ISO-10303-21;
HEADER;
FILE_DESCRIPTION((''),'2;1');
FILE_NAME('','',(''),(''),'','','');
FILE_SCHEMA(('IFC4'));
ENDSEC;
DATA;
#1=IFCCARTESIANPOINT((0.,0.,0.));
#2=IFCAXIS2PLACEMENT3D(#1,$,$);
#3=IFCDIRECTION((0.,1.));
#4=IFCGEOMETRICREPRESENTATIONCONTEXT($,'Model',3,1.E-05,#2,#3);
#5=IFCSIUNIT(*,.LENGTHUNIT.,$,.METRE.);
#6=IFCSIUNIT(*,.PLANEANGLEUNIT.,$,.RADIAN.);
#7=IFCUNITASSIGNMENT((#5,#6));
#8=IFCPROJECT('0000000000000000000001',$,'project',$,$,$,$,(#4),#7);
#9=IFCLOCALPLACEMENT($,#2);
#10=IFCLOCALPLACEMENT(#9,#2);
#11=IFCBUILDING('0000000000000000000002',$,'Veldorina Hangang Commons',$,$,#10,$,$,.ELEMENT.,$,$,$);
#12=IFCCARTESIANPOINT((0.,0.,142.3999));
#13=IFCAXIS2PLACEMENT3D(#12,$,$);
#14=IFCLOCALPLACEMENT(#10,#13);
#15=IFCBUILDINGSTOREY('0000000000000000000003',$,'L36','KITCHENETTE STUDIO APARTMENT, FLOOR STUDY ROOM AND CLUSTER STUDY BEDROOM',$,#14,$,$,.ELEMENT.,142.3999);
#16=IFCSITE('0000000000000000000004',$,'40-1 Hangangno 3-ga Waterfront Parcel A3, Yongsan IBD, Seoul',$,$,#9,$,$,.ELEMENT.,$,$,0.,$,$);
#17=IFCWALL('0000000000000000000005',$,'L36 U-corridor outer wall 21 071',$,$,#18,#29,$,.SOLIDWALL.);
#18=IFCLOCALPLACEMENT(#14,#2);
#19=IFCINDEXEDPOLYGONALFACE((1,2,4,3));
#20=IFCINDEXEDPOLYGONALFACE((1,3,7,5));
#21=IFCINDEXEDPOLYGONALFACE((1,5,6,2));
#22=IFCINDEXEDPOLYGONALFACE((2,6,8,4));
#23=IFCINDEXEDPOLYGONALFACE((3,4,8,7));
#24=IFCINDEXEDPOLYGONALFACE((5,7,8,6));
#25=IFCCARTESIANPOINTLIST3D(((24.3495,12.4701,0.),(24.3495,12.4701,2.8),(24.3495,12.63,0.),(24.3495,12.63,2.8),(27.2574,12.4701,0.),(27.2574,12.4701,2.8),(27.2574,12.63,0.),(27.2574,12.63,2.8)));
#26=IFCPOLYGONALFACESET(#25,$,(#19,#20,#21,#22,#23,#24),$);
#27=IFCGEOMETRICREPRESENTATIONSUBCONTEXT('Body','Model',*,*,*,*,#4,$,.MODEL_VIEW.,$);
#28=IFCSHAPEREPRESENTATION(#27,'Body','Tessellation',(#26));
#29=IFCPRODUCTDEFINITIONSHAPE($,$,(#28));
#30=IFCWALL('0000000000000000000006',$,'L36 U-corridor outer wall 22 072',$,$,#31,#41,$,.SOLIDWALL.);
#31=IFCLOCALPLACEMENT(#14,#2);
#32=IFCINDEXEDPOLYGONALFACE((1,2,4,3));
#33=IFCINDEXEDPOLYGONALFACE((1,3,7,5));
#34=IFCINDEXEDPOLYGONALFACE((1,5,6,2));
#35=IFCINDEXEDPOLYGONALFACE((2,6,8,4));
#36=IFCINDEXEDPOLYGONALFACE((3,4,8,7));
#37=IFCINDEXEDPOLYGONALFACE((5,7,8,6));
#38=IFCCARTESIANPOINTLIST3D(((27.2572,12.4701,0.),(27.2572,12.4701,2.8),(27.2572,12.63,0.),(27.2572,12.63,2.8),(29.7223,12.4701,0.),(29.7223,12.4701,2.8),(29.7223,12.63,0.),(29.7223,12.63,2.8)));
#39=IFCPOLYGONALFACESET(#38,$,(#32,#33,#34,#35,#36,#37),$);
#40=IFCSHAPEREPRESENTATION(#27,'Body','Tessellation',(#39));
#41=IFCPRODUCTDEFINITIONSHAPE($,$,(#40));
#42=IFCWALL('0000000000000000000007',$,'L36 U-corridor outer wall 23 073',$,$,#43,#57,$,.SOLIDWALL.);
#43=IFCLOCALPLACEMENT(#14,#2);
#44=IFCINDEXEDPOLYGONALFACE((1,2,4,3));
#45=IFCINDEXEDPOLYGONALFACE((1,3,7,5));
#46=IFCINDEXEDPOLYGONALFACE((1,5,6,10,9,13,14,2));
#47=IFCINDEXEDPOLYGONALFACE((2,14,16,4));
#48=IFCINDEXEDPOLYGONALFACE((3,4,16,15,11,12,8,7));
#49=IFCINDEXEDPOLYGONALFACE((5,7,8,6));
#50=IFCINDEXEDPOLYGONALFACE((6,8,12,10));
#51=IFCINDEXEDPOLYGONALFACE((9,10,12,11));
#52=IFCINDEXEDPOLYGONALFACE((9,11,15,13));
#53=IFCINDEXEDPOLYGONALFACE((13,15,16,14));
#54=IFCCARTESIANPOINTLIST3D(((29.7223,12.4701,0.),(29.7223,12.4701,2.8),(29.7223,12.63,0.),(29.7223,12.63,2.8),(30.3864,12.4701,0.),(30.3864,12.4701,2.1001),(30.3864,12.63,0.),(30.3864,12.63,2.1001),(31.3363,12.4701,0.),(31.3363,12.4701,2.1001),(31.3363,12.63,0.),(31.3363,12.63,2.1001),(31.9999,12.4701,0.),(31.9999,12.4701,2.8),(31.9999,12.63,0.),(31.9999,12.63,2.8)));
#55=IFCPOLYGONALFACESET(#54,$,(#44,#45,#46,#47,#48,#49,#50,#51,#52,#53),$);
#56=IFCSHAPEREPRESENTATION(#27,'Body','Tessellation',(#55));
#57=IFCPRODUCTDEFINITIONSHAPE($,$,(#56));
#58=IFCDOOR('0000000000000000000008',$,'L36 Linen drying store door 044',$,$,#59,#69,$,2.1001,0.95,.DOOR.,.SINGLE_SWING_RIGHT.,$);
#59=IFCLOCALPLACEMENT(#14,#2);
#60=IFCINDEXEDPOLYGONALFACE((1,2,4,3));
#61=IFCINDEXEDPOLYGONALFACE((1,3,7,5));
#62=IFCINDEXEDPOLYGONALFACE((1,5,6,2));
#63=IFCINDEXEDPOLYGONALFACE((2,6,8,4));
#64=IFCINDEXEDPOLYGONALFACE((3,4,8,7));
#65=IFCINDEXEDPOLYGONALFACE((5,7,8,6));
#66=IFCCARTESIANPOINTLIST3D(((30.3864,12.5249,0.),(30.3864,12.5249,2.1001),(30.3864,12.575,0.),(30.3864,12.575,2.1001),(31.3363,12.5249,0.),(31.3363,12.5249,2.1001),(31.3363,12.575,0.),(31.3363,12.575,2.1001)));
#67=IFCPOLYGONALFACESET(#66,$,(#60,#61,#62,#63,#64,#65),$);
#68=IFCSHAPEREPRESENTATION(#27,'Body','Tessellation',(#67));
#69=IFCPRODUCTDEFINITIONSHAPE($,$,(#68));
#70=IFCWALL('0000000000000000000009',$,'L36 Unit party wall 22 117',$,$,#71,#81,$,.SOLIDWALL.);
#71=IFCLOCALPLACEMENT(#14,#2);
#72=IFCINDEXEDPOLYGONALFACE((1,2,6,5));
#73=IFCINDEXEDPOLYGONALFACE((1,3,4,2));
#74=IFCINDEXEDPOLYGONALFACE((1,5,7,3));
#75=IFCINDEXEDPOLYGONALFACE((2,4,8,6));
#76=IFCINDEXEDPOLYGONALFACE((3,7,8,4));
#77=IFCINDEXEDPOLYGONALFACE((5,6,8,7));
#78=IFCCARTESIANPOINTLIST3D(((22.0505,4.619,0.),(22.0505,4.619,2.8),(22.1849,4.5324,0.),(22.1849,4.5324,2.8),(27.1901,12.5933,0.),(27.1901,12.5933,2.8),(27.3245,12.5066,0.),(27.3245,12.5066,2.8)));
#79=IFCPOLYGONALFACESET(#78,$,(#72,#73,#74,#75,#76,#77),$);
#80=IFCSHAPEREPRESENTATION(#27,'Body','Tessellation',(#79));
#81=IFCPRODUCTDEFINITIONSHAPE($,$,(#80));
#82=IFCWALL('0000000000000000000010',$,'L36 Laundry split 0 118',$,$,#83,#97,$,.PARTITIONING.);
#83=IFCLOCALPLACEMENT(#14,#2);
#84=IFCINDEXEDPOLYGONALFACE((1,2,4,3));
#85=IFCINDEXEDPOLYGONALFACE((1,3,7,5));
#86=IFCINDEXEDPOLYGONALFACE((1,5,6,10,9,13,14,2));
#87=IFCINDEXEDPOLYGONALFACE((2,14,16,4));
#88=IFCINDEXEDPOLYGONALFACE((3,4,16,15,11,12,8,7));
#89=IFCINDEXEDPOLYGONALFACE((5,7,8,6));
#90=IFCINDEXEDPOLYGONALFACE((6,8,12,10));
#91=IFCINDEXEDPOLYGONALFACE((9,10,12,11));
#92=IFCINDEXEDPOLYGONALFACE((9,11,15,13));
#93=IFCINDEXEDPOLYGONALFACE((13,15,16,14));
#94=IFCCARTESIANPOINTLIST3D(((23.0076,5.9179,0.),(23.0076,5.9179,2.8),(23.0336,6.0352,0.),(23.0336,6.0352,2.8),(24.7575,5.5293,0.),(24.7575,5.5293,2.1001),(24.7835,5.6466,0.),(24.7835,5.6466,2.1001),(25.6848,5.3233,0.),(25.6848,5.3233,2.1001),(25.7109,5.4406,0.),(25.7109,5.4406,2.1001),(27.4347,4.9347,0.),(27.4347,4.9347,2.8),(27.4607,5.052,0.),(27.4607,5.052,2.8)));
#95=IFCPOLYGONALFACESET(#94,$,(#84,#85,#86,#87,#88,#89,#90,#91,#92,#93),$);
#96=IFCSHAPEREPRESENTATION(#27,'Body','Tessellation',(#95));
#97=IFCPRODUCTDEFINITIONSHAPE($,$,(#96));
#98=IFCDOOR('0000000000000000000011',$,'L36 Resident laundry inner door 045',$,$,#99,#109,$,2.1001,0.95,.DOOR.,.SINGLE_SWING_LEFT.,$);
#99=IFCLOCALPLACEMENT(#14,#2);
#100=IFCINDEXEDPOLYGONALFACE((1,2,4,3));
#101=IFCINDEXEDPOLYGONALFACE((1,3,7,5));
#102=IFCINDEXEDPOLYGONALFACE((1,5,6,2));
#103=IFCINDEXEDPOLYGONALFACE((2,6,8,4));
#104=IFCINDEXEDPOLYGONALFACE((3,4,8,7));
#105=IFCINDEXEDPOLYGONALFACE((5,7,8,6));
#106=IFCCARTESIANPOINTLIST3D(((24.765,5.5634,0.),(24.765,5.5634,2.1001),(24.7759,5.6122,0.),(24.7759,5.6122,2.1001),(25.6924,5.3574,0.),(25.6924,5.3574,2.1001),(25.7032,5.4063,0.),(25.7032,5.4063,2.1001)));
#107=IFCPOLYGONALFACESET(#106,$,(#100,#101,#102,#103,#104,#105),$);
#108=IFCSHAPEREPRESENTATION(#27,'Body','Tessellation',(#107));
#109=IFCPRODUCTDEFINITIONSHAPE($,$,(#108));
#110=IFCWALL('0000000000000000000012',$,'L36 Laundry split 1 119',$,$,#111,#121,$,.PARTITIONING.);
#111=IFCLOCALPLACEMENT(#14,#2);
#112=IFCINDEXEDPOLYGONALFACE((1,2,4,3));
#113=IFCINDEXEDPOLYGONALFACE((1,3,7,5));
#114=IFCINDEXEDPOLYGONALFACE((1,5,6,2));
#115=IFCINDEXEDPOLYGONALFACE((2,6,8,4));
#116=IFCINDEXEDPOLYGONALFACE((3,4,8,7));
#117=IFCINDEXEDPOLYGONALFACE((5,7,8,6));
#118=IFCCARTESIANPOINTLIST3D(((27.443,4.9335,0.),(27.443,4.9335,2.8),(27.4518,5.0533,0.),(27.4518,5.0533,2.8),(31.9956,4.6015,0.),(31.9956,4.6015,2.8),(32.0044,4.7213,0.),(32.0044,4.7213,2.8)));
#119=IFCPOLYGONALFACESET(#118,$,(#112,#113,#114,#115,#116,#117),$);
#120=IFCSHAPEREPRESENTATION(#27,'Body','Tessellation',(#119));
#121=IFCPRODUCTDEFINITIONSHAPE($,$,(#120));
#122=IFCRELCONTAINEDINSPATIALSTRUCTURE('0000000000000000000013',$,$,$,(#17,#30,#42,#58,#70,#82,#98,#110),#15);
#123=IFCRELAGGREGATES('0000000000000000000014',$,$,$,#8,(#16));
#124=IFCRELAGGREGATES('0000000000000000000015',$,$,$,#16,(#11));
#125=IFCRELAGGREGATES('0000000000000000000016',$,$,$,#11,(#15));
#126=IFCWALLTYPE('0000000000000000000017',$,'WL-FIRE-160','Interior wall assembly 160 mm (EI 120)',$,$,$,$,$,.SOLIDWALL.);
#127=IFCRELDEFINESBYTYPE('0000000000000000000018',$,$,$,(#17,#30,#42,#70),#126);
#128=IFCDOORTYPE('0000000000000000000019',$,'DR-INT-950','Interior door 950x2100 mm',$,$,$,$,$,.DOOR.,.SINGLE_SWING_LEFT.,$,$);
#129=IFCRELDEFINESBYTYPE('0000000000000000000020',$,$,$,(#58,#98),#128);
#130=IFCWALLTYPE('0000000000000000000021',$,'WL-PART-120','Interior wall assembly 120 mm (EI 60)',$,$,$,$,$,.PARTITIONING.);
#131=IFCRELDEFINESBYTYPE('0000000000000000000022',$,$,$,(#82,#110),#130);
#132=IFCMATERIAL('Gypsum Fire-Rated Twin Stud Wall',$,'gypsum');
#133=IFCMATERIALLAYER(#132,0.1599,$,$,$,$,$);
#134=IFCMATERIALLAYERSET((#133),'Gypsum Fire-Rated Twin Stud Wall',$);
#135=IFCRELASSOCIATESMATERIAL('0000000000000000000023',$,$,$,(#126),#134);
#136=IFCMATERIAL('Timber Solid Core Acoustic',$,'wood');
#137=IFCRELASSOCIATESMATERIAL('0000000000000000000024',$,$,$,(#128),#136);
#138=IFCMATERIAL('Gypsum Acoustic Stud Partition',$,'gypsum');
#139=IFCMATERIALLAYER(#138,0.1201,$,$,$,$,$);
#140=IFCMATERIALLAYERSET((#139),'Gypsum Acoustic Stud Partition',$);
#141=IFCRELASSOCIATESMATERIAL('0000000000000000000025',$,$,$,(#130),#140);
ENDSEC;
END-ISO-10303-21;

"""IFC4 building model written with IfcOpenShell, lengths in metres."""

from ifc_helpers import new_model, si_unit, direction, frame, frame_2d, origin, place, context, subcontext, project, spatial, rectangle, extrude, material, layer, layer_set, type_object, element, fill, save


model = new_model("IFC4")

# Units and contexts
model_context = context("Model", 3, precision=1e-05, world=origin(), true_north=direction((0.0, 1.0)))
body_context = subcontext(model_context, "Body", "Model", "MODEL_VIEW")
ifc_project = project(units=[si_unit("LENGTHUNIT", "METRE"), si_unit("PLANEANGLEUNIT", "RADIAN")], contexts=[model_context])

# Site, building, storey
site_placement = place(None, origin())
site = spatial("IfcSite", under=ifc_project, at=site_placement, Name="40-1 Hangangno 3-ga Waterfront Parcel A3, Yongsan IBD, Seoul", CompositionType="ELEMENT", RefElevation=0.0)
building_placement = place(site_placement, origin())
building = spatial("IfcBuilding", under=site, at=building_placement, Name="Veldorina Hangang Commons", CompositionType="ELEMENT")
storey_placement = place(building_placement, frame((0.0, 0.0, 142.3999)))
storey = spatial("IfcBuildingStorey", under=building, at=storey_placement, Name="L36", Description="KITCHENETTE STUDIO APARTMENT, FLOOR STUDY ROOM AND CLUSTER STUDY BEDROOM", CompositionType="ELEMENT", Elevation=142.3999)

# Walls
ifc_material_1 = material(Name="Gypsum Fire-Rated Twin Stud Wall", Category="gypsum")
ifc_layer_1 = layer(ifc_material_1, 0.1599)
ifc_layer_set_1 = layer_set([ifc_layer_1], Name="Gypsum Fire-Rated Twin Stud Wall")
wall_type_1 = type_object("IfcWallType", Name="WL-FIRE-160", Description="Interior wall assembly 160 mm (EI 120)", PredefinedType="SOLIDWALL", material=ifc_layer_set_1)
wall_1_placement = place(storey_placement, frame((24.3494, 12.55, 0.0), z_axis=(0.0, 0.0, 1.0), x_axis=(1.0, 0.0, 0.0)))
element("IfcWall", 1, at=wall_1_placement, inside=storey, type_object=wall_type_1, Name="L36 U-corridor outer wall 21 071", PredefinedType="SOLIDWALL", context=body_context, shape_type="SweptSolid", body=[
    extrude(rectangle(XDim=2.908, YDim=0.1599, at=frame_2d((1.4541, 0.0))), origin(), (0.0, 0.0, 1.0), 2.8),
])
wall_2_placement = place(storey_placement, frame((27.2573, 12.55, 0.0), z_axis=(0.0, 0.0, 1.0), x_axis=(1.0, 0.0, 0.0)))
element("IfcWall", 2, at=wall_2_placement, inside=storey, type_object=wall_type_1, Name="L36 U-corridor outer wall 22 072", PredefinedType="SOLIDWALL", context=body_context, shape_type="SweptSolid", body=[
    extrude(rectangle(XDim=2.4651, YDim=0.1599, at=frame_2d((1.2324, 0.0))), origin(), (0.0, 0.0, 1.0), 2.8),
])

# Wall, opening, door
wall_3_placement = place(storey_placement, frame((29.7224, 12.55, 0.0), z_axis=(0.0, 0.0, 1.0), x_axis=(1.0, 0.0, 0.0)))
wall_3 = element("IfcWall", 3, at=wall_3_placement, inside=storey, type_object=wall_type_1, Name="L36 U-corridor outer wall 23 073", PredefinedType="SOLIDWALL", context=body_context, shape_type="SweptSolid", body=[
    extrude(rectangle(XDim=2.2776, YDim=0.1599, at=frame_2d((1.1387, 0.0))), origin(), (0.0, 0.0, 1.0), 2.8),
])
opening_1_placement = place(wall_3_placement, frame((0.6638, 0.0, 0.0)))
opening_1 = element("IfcOpeningElement", 4, at=opening_1_placement, cuts=wall_3, PredefinedType="OPENING", context=body_context, shape_type="SweptSolid", body=[
    extrude(rectangle(XDim=0.95, YDim=2.1001, at=frame_2d((0.4751, 1.05))), frame((0.0, 0.0898, 0.0), z_axis=(0.0, -1.0, 0.0), x_axis=(1.0, 0.0, 0.0)), (0.0, 0.0, 1.0), 0.1799),
])
ifc_material_2 = material(Name="Timber Solid Core Acoustic", Category="wood")
door_type = type_object("IfcDoorType", Name="DR-INT-950", Description="Interior door 950x2100 mm", OperationType="SINGLE_SWING_LEFT", PredefinedType="DOOR", material=ifc_material_2)
door_1_placement = place(opening_1_placement, origin())
door_1 = element("IfcDoor", 5, at=door_1_placement, inside=storey, type_object=door_type, Name="L36 Linen drying store door 044", OperationType="SINGLE_SWING_RIGHT", OverallHeight=2.1001, OverallWidth=0.95, PredefinedType="DOOR", context=body_context, shape_type="SweptSolid", body=[
    extrude(rectangle(XDim=0.95, YDim=2.1001, at=frame_2d((0.4751, 1.05))), frame((0.0, 0.0249, 0.0), z_axis=(0.0, -1.0, 0.0), x_axis=(1.0, 0.0, 0.0)), (0.0, 0.0, 1.0), 0.05),
])
fill(opening_1, door_1)

# Wall
wall_4_placement = place(storey_placement, frame((27.2573, 12.55, 0.0), z_axis=(0.0, 0.0, 1.0), x_axis=(-0.541747, -0.840542, 0.0)))
element("IfcWall", 6, at=wall_4_placement, inside=storey, type_object=wall_type_1, Name="L36 Unit party wall 22 117", PredefinedType="SOLIDWALL", context=body_context, shape_type="SweptSolid", body=[
    extrude(rectangle(XDim=9.4871, YDim=0.1599, at=frame_2d((4.7437, 0.0))), origin(), (0.0, 0.0, 1.0), 2.8),
])

# Wall, opening, door
ifc_material_3 = material(Name="Gypsum Acoustic Stud Partition", Category="gypsum")
ifc_layer_2 = layer(ifc_material_3, 0.1201)
ifc_layer_set_2 = layer_set([ifc_layer_2], Name="Gypsum Acoustic Stud Partition")
wall_type_2 = type_object("IfcWallType", Name="WL-PART-120", Description="Interior wall assembly 120 mm (EI 60)", PredefinedType="PARTITIONING", material=ifc_layer_set_2)
wall_5_placement = place(storey_placement, frame((23.0205, 5.9766, 0.0), z_axis=(0.0, 0.0, 1.0), x_axis=(0.976216, -0.216799, 0.0)))
wall_5 = element("IfcWall", 7, at=wall_5_placement, inside=storey, type_object=wall_type_2, Name="L36 Laundry split 0 118", PredefinedType="PARTITIONING", context=body_context, shape_type="SweptSolid", body=[
    extrude(rectangle(XDim=4.5349, YDim=0.1201, at=frame_2d((2.2676, 0.0))), origin(), (0.0, 0.0, 1.0), 2.8),
])
opening_2_placement = place(wall_5_placement, frame((1.7925, 0.0, 0.0)))
opening_2 = element("IfcOpeningElement", 8, at=opening_2_placement, cuts=wall_5, PredefinedType="OPENING", context=body_context, shape_type="SweptSolid", body=[
    extrude(rectangle(XDim=0.95, YDim=2.1001, at=frame_2d((0.4751, 1.05))), frame((0.0, 0.0701, 0.0), z_axis=(0.0, -1.0, 0.0), x_axis=(1.0, 0.0, 0.0)), (0.0, 0.0, 1.0), 0.1401),
])
door_2_placement = place(opening_2_placement, origin())
door_2 = element("IfcDoor", 9, at=door_2_placement, inside=storey, type_object=door_type, Name="L36 Resident laundry inner door 045", OperationType="SINGLE_SWING_LEFT", OverallHeight=2.1001, OverallWidth=0.95, PredefinedType="DOOR", context=body_context, shape_type="SweptSolid", body=[
    extrude(rectangle(XDim=0.95, YDim=2.1001, at=frame_2d((0.4751, 1.05))), frame((0.0, 0.0249, 0.0), z_axis=(0.0, -1.0, 0.0), x_axis=(1.0, 0.0, 0.0)), (0.0, 0.0, 1.0), 0.05),
])
fill(opening_2, door_2)

# Wall
wall_6_placement = place(storey_placement, frame((27.4475, 4.9934, 0.0), z_axis=(0.0, 0.0, 1.0), x_axis=(0.997351, -0.072741, 0.0)))
element("IfcWall", 10, at=wall_6_placement, inside=storey, type_object=wall_type_2, Name="L36 Laundry split 1 119", PredefinedType="PARTITIONING", context=body_context, shape_type="SweptSolid", body=[
    extrude(rectangle(XDim=4.5647, YDim=0.1201, at=frame_2d((2.2822, 0.0))), origin(), (0.0, 0.0, 1.0), 2.8),
])

save(model, "model.ifc")
